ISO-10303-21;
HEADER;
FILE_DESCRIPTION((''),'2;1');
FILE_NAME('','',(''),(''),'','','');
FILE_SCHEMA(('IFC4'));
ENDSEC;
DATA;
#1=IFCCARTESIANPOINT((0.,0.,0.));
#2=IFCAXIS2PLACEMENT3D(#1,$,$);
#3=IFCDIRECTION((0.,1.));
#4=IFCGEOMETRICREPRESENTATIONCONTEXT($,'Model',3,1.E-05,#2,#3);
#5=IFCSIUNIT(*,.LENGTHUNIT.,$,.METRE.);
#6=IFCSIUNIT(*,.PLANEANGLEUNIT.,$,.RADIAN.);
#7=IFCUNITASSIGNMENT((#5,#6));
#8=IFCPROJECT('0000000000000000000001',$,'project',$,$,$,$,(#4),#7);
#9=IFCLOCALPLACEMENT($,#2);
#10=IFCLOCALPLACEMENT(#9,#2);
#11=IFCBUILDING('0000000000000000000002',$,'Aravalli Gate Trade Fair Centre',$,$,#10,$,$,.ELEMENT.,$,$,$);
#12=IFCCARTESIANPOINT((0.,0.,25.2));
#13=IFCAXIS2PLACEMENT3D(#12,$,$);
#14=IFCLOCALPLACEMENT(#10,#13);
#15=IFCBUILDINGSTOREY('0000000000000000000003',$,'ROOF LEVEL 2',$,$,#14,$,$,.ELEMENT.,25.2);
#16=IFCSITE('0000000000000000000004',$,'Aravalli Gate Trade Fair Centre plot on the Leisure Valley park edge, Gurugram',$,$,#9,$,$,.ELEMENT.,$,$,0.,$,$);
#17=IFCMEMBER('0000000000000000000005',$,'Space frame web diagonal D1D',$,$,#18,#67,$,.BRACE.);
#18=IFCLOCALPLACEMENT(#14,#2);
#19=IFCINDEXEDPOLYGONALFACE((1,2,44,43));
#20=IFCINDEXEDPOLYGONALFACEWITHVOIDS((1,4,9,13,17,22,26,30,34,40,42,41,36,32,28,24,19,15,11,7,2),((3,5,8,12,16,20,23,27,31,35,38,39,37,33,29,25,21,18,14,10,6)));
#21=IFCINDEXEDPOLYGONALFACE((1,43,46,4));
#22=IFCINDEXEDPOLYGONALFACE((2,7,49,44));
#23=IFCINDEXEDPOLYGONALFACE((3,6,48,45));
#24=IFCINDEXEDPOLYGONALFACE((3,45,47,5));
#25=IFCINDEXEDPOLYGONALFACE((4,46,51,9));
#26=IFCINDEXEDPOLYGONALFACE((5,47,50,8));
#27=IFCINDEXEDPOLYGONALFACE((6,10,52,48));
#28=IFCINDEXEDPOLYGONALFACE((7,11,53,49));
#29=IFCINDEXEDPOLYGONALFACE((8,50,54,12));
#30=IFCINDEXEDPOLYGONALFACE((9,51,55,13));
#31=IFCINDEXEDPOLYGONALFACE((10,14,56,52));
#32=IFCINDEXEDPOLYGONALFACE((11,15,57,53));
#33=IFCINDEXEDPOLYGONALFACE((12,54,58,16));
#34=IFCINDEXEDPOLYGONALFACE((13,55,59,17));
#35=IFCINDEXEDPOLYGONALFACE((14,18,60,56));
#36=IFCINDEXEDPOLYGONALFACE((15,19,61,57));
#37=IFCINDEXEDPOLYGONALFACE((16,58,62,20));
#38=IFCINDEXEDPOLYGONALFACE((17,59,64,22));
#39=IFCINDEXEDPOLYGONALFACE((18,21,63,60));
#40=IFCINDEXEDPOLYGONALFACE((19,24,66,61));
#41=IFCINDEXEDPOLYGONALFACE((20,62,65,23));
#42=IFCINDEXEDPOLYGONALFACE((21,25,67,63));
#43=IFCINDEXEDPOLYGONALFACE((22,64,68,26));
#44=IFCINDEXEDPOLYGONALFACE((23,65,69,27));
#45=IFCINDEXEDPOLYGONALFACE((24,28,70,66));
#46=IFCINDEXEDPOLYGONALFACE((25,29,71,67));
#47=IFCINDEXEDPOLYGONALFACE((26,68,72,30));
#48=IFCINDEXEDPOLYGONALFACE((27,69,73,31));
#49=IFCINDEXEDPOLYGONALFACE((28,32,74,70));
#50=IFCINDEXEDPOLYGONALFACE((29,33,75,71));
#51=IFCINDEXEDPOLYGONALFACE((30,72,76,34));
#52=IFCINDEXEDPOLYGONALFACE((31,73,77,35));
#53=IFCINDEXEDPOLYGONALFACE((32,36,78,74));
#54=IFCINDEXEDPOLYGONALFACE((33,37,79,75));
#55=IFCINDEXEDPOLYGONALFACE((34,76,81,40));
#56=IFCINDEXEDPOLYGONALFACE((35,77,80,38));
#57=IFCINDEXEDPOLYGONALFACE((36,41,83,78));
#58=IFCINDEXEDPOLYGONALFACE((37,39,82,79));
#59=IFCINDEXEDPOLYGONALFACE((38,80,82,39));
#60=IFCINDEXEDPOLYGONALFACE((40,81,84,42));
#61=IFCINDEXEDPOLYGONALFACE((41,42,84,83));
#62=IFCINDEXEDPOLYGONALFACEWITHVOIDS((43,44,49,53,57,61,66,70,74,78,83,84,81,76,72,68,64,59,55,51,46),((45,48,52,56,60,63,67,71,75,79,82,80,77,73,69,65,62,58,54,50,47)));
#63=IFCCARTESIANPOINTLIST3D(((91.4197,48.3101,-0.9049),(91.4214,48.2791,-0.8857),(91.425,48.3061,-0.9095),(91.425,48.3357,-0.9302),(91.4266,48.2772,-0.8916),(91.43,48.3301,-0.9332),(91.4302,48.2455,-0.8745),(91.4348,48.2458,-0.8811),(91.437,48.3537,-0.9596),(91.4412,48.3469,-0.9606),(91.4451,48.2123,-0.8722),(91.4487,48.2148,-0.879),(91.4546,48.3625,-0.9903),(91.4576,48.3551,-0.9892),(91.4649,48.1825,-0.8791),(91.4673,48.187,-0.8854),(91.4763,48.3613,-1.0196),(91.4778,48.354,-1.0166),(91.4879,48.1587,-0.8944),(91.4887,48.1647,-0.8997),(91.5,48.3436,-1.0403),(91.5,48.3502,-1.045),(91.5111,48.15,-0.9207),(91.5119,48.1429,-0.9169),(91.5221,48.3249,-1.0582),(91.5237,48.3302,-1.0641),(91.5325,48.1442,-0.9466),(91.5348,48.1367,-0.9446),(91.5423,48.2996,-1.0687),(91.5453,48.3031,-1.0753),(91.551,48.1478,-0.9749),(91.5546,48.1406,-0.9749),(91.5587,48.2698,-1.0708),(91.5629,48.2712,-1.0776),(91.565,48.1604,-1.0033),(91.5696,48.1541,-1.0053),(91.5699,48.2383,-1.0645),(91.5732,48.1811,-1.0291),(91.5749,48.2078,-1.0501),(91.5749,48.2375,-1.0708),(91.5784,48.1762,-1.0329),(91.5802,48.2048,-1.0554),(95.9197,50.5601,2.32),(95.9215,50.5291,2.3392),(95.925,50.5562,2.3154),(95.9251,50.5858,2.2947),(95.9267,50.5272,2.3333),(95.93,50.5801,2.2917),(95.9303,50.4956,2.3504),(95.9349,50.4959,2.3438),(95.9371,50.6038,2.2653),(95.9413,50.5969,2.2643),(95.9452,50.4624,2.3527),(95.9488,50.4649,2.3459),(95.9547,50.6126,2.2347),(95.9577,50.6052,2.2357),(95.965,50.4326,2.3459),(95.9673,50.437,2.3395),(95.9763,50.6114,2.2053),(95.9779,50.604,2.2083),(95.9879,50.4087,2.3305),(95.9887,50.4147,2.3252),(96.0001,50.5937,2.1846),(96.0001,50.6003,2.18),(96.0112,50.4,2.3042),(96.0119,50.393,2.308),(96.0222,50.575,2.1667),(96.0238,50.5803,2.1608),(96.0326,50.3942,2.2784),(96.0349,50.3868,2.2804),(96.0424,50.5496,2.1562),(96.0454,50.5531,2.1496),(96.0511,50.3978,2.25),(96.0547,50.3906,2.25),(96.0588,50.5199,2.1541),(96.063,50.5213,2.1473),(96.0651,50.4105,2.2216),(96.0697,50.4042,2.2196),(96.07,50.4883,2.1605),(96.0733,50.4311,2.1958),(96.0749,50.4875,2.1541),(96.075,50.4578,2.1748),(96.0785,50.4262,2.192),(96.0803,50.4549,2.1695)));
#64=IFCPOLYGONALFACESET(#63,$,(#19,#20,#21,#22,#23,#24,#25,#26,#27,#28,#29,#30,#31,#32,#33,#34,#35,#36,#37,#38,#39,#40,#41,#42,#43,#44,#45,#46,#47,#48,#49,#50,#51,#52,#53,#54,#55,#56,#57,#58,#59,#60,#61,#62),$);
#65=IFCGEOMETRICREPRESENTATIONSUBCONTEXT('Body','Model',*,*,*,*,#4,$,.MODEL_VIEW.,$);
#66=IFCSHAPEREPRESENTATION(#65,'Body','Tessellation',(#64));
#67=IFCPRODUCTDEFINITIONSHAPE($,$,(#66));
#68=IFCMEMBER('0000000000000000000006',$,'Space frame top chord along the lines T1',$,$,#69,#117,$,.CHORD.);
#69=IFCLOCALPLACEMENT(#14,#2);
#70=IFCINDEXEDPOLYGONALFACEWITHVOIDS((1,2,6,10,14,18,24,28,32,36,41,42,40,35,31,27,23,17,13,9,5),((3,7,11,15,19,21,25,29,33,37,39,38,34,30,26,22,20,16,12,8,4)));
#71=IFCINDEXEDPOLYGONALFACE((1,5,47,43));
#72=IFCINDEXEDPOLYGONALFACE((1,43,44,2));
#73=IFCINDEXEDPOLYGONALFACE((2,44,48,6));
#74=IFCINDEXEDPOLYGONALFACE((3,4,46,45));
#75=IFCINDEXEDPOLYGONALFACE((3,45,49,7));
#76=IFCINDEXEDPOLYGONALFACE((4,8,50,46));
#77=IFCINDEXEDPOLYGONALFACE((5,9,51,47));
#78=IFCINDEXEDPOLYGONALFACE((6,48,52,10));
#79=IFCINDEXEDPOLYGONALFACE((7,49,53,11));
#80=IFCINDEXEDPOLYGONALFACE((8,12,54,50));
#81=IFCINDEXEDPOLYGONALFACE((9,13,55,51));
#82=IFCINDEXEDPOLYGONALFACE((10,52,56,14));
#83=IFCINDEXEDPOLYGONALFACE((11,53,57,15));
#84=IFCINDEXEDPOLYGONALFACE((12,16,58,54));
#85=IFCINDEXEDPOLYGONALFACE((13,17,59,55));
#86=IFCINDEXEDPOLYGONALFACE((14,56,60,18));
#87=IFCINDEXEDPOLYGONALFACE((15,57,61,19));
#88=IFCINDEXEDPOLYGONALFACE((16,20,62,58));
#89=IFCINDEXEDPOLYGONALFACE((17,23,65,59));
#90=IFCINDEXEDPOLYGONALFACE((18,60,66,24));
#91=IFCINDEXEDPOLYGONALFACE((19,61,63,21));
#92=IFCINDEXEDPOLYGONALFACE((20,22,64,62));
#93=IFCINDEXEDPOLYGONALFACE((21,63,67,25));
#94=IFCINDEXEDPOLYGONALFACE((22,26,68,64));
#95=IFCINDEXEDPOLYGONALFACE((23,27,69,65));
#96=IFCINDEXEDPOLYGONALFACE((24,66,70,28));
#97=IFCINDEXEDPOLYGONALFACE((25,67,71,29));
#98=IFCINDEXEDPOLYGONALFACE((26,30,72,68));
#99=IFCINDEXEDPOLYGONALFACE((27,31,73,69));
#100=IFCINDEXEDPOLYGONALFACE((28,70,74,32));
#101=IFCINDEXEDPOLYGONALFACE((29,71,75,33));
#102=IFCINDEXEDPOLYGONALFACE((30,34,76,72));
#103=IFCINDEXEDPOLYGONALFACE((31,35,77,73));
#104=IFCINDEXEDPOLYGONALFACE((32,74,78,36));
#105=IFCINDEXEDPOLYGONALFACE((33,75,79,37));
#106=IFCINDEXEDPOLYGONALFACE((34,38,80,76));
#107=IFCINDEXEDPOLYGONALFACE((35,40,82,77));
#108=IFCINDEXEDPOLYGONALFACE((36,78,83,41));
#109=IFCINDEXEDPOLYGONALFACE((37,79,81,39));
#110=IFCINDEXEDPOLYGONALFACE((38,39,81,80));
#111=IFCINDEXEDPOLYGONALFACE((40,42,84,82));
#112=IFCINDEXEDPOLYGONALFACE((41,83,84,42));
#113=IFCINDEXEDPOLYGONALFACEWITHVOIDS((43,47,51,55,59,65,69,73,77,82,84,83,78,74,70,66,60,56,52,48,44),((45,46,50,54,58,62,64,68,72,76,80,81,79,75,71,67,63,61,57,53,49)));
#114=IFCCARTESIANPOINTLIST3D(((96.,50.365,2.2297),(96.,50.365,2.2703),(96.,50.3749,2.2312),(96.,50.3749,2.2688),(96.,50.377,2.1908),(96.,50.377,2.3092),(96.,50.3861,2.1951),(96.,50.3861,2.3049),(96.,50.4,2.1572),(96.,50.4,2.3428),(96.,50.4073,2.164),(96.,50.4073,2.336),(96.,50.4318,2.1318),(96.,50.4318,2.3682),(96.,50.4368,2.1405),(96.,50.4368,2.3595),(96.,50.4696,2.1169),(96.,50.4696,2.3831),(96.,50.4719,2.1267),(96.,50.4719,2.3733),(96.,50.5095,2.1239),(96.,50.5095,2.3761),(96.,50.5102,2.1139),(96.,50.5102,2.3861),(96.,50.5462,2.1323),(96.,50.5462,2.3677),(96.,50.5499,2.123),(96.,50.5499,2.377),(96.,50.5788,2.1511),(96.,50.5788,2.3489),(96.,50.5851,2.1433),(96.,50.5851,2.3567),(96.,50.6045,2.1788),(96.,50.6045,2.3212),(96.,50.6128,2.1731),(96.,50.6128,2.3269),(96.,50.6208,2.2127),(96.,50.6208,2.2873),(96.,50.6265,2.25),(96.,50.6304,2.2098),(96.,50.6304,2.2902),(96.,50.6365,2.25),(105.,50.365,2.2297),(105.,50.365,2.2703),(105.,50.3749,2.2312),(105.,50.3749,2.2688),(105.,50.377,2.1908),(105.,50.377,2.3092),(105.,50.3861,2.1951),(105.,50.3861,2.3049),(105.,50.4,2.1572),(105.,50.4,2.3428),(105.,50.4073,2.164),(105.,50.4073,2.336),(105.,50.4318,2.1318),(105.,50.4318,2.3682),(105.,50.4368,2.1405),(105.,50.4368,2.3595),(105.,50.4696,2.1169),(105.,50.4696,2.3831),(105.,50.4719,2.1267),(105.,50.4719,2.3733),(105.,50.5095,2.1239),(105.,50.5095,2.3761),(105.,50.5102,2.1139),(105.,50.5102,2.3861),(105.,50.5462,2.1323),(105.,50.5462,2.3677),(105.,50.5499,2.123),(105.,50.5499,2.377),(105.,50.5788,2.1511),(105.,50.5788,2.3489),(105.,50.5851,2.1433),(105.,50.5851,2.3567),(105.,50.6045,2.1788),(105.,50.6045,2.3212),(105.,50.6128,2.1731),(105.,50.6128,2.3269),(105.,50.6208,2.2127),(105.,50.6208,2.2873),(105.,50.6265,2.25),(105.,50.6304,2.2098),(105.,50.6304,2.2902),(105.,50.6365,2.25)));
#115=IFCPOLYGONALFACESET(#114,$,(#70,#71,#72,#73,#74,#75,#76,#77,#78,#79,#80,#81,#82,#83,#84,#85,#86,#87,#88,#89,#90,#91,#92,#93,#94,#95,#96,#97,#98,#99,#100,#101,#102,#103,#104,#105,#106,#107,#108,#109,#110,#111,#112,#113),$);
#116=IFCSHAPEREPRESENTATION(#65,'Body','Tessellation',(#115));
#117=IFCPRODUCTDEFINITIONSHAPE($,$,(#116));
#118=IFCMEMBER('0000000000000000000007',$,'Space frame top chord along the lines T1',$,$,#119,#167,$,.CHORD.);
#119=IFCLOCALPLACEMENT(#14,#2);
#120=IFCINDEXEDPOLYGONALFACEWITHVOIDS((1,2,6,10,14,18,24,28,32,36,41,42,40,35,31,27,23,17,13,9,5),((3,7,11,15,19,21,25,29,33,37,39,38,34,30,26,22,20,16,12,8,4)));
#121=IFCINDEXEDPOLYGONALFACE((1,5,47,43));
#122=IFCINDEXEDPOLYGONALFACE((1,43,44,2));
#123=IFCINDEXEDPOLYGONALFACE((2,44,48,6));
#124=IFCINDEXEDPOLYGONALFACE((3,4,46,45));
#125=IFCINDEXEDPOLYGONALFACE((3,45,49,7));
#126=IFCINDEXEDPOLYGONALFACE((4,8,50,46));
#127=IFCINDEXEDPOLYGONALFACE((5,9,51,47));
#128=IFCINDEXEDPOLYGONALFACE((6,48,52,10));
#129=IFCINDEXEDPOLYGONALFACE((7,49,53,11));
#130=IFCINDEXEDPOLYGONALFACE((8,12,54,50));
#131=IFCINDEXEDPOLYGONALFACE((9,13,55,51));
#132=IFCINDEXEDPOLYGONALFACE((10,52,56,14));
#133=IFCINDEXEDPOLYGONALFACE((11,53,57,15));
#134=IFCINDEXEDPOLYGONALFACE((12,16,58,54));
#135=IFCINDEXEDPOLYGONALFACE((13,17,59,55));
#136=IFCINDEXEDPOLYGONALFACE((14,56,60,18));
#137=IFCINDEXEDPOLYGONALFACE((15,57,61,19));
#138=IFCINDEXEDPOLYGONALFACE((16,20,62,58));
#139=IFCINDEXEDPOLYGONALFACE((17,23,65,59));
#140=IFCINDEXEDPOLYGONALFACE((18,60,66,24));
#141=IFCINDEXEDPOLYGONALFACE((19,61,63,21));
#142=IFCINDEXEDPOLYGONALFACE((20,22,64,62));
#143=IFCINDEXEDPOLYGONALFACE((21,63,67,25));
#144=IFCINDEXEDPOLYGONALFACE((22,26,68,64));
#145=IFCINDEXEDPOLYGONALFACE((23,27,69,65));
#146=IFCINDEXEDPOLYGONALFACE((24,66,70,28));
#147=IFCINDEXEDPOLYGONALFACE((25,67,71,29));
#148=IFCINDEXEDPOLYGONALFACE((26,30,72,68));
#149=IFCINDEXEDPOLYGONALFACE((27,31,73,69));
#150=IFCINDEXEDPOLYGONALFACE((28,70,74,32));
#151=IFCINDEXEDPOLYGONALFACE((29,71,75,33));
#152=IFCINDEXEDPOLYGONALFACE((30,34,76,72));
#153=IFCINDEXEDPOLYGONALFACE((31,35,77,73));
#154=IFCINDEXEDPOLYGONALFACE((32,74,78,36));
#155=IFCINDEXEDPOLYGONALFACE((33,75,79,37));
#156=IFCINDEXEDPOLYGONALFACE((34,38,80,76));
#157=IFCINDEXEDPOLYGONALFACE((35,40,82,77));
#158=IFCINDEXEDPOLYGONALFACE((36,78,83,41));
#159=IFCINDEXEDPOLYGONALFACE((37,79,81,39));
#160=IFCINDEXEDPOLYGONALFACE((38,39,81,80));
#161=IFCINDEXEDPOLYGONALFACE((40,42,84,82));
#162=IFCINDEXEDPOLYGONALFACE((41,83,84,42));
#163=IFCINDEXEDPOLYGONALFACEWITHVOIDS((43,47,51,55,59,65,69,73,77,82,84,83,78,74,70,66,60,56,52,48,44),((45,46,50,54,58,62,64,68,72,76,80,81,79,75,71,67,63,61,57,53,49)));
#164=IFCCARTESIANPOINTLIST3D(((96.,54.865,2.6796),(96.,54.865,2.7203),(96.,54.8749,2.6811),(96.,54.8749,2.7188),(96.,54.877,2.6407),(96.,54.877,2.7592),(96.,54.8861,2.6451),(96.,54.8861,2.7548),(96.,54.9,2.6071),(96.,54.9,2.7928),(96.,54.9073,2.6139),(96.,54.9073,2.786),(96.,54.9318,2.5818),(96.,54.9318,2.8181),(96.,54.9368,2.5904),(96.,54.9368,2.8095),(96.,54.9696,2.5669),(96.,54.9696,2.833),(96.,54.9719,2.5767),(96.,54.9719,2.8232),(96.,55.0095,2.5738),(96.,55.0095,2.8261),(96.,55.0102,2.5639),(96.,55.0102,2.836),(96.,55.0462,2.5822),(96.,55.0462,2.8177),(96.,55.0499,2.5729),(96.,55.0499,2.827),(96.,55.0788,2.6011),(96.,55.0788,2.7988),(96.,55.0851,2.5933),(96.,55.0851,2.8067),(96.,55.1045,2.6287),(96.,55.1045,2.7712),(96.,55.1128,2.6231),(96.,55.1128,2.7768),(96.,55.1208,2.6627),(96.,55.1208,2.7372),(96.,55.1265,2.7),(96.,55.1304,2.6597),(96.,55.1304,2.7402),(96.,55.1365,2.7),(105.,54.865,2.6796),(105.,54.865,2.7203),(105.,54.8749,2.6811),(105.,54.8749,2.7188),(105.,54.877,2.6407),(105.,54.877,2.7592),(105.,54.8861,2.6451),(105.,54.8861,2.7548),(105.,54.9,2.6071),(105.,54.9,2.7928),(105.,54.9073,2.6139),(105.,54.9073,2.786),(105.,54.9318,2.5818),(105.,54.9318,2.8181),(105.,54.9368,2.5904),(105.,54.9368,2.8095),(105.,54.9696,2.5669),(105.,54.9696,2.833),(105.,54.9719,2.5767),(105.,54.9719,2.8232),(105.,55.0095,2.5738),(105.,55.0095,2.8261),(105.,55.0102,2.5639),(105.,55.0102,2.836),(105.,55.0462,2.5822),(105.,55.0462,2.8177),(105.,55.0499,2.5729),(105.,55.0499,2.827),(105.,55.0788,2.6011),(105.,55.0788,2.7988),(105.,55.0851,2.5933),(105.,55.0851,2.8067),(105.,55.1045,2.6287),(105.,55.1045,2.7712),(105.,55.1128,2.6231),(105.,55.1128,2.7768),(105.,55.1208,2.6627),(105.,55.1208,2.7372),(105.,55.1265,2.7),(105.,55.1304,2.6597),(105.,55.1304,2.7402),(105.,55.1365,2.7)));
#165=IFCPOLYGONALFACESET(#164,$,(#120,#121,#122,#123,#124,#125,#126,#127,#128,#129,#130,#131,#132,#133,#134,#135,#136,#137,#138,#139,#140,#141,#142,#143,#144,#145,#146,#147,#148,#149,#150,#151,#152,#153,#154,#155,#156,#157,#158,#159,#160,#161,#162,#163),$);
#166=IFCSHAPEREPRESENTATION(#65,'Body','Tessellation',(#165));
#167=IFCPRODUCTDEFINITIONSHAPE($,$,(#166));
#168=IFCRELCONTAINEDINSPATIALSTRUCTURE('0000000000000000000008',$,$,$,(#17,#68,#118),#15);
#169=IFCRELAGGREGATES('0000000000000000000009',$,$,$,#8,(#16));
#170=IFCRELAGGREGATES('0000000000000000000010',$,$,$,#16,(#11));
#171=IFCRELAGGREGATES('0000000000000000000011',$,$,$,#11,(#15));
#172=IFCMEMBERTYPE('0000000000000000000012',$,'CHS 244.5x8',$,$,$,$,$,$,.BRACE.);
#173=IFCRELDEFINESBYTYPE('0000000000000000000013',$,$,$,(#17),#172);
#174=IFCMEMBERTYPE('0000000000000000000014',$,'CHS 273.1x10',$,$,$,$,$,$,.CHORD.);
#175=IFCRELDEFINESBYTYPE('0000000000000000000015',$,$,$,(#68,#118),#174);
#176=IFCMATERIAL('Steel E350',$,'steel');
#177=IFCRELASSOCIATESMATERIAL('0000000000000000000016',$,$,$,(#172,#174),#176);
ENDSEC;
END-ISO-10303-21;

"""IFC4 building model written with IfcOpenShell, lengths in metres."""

from ifc_helpers import new_model, si_unit, direction, frame, origin, origin_2d, place, context, subcontext, project, spatial, hollow_circle, extrude, material, material_profile, profile_set, type_object, element, save


model = new_model("IFC4")

# Units and contexts
model_context = context("Model", 3, precision=1e-05, world=origin(), true_north=direction((0.0, 1.0)))
body_context = subcontext(model_context, "Body", "Model", "MODEL_VIEW")
ifc_project = project(units=[si_unit("LENGTHUNIT", "METRE"), si_unit("PLANEANGLEUNIT", "RADIAN")], contexts=[model_context])

# Site, building, storey
site_placement = place(None, origin())
site = spatial("IfcSite", under=ifc_project, at=site_placement, Name="Aravalli Gate Trade Fair Centre plot on the Leisure Valley park edge, Gurugram", CompositionType="ELEMENT", RefElevation=0.0)
building_placement = place(site_placement, origin())
building = spatial("IfcBuilding", under=site, at=building_placement, Name="Aravalli Gate Trade Fair Centre", CompositionType="ELEMENT")
storey_placement = place(building_placement, frame((0.0, 0.0, 25.2)))
storey = spatial("IfcBuildingStorey", under=building, at=storey_placement, Name="ROOF LEVEL 2", CompositionType="ELEMENT", Elevation=25.2)

# Members
ifc_material = material(Name="Steel E350", Category="steel")
ifc_material_profile_1 = material_profile(ifc_material, hollow_circle(Radius=0.1223, WallThickness=0.0081, at=origin_2d()), Name="CHS 244.5x8")
ifc_profile_set_1 = profile_set([ifc_material_profile_1], Name="Steel E350")
member_type_1 = type_object("IfcMemberType", Name="CHS 244.5x8", PredefinedType="BRACE", material=ifc_profile_set_1)
for number, where, z_axis, x_axis, name in (
    (1, (96.0, 50.5, 2.25), (-0.753016, -0.376508, -0.539637), (0.447214, -0.894427, 0.0), "Space frame web diagonal D1D"),
):
    element("IfcMember", number, at=place(storey_placement, frame(where, z_axis=z_axis, x_axis=x_axis)), inside=storey, type_object=member_type_1, Name=name, PredefinedType="BRACE", context=body_context, shape_type="SweptSolid", body=[
        extrude(hollow_circle(Radius=0.1223, WallThickness=0.0081, at=origin_2d()), origin(), (0.0, 0.0, 1.0), 5.9761),
    ])
ifc_material_profile_2 = material_profile(ifc_material, hollow_circle(Radius=0.1365, WallThickness=0.01, at=origin_2d()), Name="CHS 273.1x10")
ifc_profile_set_2 = profile_set([ifc_material_profile_2], Name="Steel E350")
member_type_2 = type_object("IfcMemberType", Name="CHS 273.1x10", PredefinedType="CHORD", material=ifc_profile_set_2)
for number, where, z_axis, x_axis, name in (
    (2, (96.0, 50.5, 2.25), (1.0, 0.0, 0.0), (0.0, 1.0, 0.0), "Space frame top chord along the lines T1"),
    (3, (96.0, 55.0, 2.7), (1.0, 0.0, 0.0), (0.0, 1.0, 0.0), "Space frame top chord along the lines T1"),
):
    element("IfcMember", number, at=place(storey_placement, frame(where, z_axis=z_axis, x_axis=x_axis)), inside=storey, type_object=member_type_2, Name=name, PredefinedType="CHORD", context=body_context, shape_type="SweptSolid", body=[
        extrude(hollow_circle(Radius=0.1365, WallThickness=0.01, at=origin_2d()), origin(), (0.0, 0.0, 1.0), 9.0),
    ])

save(model, "model.ifc")
